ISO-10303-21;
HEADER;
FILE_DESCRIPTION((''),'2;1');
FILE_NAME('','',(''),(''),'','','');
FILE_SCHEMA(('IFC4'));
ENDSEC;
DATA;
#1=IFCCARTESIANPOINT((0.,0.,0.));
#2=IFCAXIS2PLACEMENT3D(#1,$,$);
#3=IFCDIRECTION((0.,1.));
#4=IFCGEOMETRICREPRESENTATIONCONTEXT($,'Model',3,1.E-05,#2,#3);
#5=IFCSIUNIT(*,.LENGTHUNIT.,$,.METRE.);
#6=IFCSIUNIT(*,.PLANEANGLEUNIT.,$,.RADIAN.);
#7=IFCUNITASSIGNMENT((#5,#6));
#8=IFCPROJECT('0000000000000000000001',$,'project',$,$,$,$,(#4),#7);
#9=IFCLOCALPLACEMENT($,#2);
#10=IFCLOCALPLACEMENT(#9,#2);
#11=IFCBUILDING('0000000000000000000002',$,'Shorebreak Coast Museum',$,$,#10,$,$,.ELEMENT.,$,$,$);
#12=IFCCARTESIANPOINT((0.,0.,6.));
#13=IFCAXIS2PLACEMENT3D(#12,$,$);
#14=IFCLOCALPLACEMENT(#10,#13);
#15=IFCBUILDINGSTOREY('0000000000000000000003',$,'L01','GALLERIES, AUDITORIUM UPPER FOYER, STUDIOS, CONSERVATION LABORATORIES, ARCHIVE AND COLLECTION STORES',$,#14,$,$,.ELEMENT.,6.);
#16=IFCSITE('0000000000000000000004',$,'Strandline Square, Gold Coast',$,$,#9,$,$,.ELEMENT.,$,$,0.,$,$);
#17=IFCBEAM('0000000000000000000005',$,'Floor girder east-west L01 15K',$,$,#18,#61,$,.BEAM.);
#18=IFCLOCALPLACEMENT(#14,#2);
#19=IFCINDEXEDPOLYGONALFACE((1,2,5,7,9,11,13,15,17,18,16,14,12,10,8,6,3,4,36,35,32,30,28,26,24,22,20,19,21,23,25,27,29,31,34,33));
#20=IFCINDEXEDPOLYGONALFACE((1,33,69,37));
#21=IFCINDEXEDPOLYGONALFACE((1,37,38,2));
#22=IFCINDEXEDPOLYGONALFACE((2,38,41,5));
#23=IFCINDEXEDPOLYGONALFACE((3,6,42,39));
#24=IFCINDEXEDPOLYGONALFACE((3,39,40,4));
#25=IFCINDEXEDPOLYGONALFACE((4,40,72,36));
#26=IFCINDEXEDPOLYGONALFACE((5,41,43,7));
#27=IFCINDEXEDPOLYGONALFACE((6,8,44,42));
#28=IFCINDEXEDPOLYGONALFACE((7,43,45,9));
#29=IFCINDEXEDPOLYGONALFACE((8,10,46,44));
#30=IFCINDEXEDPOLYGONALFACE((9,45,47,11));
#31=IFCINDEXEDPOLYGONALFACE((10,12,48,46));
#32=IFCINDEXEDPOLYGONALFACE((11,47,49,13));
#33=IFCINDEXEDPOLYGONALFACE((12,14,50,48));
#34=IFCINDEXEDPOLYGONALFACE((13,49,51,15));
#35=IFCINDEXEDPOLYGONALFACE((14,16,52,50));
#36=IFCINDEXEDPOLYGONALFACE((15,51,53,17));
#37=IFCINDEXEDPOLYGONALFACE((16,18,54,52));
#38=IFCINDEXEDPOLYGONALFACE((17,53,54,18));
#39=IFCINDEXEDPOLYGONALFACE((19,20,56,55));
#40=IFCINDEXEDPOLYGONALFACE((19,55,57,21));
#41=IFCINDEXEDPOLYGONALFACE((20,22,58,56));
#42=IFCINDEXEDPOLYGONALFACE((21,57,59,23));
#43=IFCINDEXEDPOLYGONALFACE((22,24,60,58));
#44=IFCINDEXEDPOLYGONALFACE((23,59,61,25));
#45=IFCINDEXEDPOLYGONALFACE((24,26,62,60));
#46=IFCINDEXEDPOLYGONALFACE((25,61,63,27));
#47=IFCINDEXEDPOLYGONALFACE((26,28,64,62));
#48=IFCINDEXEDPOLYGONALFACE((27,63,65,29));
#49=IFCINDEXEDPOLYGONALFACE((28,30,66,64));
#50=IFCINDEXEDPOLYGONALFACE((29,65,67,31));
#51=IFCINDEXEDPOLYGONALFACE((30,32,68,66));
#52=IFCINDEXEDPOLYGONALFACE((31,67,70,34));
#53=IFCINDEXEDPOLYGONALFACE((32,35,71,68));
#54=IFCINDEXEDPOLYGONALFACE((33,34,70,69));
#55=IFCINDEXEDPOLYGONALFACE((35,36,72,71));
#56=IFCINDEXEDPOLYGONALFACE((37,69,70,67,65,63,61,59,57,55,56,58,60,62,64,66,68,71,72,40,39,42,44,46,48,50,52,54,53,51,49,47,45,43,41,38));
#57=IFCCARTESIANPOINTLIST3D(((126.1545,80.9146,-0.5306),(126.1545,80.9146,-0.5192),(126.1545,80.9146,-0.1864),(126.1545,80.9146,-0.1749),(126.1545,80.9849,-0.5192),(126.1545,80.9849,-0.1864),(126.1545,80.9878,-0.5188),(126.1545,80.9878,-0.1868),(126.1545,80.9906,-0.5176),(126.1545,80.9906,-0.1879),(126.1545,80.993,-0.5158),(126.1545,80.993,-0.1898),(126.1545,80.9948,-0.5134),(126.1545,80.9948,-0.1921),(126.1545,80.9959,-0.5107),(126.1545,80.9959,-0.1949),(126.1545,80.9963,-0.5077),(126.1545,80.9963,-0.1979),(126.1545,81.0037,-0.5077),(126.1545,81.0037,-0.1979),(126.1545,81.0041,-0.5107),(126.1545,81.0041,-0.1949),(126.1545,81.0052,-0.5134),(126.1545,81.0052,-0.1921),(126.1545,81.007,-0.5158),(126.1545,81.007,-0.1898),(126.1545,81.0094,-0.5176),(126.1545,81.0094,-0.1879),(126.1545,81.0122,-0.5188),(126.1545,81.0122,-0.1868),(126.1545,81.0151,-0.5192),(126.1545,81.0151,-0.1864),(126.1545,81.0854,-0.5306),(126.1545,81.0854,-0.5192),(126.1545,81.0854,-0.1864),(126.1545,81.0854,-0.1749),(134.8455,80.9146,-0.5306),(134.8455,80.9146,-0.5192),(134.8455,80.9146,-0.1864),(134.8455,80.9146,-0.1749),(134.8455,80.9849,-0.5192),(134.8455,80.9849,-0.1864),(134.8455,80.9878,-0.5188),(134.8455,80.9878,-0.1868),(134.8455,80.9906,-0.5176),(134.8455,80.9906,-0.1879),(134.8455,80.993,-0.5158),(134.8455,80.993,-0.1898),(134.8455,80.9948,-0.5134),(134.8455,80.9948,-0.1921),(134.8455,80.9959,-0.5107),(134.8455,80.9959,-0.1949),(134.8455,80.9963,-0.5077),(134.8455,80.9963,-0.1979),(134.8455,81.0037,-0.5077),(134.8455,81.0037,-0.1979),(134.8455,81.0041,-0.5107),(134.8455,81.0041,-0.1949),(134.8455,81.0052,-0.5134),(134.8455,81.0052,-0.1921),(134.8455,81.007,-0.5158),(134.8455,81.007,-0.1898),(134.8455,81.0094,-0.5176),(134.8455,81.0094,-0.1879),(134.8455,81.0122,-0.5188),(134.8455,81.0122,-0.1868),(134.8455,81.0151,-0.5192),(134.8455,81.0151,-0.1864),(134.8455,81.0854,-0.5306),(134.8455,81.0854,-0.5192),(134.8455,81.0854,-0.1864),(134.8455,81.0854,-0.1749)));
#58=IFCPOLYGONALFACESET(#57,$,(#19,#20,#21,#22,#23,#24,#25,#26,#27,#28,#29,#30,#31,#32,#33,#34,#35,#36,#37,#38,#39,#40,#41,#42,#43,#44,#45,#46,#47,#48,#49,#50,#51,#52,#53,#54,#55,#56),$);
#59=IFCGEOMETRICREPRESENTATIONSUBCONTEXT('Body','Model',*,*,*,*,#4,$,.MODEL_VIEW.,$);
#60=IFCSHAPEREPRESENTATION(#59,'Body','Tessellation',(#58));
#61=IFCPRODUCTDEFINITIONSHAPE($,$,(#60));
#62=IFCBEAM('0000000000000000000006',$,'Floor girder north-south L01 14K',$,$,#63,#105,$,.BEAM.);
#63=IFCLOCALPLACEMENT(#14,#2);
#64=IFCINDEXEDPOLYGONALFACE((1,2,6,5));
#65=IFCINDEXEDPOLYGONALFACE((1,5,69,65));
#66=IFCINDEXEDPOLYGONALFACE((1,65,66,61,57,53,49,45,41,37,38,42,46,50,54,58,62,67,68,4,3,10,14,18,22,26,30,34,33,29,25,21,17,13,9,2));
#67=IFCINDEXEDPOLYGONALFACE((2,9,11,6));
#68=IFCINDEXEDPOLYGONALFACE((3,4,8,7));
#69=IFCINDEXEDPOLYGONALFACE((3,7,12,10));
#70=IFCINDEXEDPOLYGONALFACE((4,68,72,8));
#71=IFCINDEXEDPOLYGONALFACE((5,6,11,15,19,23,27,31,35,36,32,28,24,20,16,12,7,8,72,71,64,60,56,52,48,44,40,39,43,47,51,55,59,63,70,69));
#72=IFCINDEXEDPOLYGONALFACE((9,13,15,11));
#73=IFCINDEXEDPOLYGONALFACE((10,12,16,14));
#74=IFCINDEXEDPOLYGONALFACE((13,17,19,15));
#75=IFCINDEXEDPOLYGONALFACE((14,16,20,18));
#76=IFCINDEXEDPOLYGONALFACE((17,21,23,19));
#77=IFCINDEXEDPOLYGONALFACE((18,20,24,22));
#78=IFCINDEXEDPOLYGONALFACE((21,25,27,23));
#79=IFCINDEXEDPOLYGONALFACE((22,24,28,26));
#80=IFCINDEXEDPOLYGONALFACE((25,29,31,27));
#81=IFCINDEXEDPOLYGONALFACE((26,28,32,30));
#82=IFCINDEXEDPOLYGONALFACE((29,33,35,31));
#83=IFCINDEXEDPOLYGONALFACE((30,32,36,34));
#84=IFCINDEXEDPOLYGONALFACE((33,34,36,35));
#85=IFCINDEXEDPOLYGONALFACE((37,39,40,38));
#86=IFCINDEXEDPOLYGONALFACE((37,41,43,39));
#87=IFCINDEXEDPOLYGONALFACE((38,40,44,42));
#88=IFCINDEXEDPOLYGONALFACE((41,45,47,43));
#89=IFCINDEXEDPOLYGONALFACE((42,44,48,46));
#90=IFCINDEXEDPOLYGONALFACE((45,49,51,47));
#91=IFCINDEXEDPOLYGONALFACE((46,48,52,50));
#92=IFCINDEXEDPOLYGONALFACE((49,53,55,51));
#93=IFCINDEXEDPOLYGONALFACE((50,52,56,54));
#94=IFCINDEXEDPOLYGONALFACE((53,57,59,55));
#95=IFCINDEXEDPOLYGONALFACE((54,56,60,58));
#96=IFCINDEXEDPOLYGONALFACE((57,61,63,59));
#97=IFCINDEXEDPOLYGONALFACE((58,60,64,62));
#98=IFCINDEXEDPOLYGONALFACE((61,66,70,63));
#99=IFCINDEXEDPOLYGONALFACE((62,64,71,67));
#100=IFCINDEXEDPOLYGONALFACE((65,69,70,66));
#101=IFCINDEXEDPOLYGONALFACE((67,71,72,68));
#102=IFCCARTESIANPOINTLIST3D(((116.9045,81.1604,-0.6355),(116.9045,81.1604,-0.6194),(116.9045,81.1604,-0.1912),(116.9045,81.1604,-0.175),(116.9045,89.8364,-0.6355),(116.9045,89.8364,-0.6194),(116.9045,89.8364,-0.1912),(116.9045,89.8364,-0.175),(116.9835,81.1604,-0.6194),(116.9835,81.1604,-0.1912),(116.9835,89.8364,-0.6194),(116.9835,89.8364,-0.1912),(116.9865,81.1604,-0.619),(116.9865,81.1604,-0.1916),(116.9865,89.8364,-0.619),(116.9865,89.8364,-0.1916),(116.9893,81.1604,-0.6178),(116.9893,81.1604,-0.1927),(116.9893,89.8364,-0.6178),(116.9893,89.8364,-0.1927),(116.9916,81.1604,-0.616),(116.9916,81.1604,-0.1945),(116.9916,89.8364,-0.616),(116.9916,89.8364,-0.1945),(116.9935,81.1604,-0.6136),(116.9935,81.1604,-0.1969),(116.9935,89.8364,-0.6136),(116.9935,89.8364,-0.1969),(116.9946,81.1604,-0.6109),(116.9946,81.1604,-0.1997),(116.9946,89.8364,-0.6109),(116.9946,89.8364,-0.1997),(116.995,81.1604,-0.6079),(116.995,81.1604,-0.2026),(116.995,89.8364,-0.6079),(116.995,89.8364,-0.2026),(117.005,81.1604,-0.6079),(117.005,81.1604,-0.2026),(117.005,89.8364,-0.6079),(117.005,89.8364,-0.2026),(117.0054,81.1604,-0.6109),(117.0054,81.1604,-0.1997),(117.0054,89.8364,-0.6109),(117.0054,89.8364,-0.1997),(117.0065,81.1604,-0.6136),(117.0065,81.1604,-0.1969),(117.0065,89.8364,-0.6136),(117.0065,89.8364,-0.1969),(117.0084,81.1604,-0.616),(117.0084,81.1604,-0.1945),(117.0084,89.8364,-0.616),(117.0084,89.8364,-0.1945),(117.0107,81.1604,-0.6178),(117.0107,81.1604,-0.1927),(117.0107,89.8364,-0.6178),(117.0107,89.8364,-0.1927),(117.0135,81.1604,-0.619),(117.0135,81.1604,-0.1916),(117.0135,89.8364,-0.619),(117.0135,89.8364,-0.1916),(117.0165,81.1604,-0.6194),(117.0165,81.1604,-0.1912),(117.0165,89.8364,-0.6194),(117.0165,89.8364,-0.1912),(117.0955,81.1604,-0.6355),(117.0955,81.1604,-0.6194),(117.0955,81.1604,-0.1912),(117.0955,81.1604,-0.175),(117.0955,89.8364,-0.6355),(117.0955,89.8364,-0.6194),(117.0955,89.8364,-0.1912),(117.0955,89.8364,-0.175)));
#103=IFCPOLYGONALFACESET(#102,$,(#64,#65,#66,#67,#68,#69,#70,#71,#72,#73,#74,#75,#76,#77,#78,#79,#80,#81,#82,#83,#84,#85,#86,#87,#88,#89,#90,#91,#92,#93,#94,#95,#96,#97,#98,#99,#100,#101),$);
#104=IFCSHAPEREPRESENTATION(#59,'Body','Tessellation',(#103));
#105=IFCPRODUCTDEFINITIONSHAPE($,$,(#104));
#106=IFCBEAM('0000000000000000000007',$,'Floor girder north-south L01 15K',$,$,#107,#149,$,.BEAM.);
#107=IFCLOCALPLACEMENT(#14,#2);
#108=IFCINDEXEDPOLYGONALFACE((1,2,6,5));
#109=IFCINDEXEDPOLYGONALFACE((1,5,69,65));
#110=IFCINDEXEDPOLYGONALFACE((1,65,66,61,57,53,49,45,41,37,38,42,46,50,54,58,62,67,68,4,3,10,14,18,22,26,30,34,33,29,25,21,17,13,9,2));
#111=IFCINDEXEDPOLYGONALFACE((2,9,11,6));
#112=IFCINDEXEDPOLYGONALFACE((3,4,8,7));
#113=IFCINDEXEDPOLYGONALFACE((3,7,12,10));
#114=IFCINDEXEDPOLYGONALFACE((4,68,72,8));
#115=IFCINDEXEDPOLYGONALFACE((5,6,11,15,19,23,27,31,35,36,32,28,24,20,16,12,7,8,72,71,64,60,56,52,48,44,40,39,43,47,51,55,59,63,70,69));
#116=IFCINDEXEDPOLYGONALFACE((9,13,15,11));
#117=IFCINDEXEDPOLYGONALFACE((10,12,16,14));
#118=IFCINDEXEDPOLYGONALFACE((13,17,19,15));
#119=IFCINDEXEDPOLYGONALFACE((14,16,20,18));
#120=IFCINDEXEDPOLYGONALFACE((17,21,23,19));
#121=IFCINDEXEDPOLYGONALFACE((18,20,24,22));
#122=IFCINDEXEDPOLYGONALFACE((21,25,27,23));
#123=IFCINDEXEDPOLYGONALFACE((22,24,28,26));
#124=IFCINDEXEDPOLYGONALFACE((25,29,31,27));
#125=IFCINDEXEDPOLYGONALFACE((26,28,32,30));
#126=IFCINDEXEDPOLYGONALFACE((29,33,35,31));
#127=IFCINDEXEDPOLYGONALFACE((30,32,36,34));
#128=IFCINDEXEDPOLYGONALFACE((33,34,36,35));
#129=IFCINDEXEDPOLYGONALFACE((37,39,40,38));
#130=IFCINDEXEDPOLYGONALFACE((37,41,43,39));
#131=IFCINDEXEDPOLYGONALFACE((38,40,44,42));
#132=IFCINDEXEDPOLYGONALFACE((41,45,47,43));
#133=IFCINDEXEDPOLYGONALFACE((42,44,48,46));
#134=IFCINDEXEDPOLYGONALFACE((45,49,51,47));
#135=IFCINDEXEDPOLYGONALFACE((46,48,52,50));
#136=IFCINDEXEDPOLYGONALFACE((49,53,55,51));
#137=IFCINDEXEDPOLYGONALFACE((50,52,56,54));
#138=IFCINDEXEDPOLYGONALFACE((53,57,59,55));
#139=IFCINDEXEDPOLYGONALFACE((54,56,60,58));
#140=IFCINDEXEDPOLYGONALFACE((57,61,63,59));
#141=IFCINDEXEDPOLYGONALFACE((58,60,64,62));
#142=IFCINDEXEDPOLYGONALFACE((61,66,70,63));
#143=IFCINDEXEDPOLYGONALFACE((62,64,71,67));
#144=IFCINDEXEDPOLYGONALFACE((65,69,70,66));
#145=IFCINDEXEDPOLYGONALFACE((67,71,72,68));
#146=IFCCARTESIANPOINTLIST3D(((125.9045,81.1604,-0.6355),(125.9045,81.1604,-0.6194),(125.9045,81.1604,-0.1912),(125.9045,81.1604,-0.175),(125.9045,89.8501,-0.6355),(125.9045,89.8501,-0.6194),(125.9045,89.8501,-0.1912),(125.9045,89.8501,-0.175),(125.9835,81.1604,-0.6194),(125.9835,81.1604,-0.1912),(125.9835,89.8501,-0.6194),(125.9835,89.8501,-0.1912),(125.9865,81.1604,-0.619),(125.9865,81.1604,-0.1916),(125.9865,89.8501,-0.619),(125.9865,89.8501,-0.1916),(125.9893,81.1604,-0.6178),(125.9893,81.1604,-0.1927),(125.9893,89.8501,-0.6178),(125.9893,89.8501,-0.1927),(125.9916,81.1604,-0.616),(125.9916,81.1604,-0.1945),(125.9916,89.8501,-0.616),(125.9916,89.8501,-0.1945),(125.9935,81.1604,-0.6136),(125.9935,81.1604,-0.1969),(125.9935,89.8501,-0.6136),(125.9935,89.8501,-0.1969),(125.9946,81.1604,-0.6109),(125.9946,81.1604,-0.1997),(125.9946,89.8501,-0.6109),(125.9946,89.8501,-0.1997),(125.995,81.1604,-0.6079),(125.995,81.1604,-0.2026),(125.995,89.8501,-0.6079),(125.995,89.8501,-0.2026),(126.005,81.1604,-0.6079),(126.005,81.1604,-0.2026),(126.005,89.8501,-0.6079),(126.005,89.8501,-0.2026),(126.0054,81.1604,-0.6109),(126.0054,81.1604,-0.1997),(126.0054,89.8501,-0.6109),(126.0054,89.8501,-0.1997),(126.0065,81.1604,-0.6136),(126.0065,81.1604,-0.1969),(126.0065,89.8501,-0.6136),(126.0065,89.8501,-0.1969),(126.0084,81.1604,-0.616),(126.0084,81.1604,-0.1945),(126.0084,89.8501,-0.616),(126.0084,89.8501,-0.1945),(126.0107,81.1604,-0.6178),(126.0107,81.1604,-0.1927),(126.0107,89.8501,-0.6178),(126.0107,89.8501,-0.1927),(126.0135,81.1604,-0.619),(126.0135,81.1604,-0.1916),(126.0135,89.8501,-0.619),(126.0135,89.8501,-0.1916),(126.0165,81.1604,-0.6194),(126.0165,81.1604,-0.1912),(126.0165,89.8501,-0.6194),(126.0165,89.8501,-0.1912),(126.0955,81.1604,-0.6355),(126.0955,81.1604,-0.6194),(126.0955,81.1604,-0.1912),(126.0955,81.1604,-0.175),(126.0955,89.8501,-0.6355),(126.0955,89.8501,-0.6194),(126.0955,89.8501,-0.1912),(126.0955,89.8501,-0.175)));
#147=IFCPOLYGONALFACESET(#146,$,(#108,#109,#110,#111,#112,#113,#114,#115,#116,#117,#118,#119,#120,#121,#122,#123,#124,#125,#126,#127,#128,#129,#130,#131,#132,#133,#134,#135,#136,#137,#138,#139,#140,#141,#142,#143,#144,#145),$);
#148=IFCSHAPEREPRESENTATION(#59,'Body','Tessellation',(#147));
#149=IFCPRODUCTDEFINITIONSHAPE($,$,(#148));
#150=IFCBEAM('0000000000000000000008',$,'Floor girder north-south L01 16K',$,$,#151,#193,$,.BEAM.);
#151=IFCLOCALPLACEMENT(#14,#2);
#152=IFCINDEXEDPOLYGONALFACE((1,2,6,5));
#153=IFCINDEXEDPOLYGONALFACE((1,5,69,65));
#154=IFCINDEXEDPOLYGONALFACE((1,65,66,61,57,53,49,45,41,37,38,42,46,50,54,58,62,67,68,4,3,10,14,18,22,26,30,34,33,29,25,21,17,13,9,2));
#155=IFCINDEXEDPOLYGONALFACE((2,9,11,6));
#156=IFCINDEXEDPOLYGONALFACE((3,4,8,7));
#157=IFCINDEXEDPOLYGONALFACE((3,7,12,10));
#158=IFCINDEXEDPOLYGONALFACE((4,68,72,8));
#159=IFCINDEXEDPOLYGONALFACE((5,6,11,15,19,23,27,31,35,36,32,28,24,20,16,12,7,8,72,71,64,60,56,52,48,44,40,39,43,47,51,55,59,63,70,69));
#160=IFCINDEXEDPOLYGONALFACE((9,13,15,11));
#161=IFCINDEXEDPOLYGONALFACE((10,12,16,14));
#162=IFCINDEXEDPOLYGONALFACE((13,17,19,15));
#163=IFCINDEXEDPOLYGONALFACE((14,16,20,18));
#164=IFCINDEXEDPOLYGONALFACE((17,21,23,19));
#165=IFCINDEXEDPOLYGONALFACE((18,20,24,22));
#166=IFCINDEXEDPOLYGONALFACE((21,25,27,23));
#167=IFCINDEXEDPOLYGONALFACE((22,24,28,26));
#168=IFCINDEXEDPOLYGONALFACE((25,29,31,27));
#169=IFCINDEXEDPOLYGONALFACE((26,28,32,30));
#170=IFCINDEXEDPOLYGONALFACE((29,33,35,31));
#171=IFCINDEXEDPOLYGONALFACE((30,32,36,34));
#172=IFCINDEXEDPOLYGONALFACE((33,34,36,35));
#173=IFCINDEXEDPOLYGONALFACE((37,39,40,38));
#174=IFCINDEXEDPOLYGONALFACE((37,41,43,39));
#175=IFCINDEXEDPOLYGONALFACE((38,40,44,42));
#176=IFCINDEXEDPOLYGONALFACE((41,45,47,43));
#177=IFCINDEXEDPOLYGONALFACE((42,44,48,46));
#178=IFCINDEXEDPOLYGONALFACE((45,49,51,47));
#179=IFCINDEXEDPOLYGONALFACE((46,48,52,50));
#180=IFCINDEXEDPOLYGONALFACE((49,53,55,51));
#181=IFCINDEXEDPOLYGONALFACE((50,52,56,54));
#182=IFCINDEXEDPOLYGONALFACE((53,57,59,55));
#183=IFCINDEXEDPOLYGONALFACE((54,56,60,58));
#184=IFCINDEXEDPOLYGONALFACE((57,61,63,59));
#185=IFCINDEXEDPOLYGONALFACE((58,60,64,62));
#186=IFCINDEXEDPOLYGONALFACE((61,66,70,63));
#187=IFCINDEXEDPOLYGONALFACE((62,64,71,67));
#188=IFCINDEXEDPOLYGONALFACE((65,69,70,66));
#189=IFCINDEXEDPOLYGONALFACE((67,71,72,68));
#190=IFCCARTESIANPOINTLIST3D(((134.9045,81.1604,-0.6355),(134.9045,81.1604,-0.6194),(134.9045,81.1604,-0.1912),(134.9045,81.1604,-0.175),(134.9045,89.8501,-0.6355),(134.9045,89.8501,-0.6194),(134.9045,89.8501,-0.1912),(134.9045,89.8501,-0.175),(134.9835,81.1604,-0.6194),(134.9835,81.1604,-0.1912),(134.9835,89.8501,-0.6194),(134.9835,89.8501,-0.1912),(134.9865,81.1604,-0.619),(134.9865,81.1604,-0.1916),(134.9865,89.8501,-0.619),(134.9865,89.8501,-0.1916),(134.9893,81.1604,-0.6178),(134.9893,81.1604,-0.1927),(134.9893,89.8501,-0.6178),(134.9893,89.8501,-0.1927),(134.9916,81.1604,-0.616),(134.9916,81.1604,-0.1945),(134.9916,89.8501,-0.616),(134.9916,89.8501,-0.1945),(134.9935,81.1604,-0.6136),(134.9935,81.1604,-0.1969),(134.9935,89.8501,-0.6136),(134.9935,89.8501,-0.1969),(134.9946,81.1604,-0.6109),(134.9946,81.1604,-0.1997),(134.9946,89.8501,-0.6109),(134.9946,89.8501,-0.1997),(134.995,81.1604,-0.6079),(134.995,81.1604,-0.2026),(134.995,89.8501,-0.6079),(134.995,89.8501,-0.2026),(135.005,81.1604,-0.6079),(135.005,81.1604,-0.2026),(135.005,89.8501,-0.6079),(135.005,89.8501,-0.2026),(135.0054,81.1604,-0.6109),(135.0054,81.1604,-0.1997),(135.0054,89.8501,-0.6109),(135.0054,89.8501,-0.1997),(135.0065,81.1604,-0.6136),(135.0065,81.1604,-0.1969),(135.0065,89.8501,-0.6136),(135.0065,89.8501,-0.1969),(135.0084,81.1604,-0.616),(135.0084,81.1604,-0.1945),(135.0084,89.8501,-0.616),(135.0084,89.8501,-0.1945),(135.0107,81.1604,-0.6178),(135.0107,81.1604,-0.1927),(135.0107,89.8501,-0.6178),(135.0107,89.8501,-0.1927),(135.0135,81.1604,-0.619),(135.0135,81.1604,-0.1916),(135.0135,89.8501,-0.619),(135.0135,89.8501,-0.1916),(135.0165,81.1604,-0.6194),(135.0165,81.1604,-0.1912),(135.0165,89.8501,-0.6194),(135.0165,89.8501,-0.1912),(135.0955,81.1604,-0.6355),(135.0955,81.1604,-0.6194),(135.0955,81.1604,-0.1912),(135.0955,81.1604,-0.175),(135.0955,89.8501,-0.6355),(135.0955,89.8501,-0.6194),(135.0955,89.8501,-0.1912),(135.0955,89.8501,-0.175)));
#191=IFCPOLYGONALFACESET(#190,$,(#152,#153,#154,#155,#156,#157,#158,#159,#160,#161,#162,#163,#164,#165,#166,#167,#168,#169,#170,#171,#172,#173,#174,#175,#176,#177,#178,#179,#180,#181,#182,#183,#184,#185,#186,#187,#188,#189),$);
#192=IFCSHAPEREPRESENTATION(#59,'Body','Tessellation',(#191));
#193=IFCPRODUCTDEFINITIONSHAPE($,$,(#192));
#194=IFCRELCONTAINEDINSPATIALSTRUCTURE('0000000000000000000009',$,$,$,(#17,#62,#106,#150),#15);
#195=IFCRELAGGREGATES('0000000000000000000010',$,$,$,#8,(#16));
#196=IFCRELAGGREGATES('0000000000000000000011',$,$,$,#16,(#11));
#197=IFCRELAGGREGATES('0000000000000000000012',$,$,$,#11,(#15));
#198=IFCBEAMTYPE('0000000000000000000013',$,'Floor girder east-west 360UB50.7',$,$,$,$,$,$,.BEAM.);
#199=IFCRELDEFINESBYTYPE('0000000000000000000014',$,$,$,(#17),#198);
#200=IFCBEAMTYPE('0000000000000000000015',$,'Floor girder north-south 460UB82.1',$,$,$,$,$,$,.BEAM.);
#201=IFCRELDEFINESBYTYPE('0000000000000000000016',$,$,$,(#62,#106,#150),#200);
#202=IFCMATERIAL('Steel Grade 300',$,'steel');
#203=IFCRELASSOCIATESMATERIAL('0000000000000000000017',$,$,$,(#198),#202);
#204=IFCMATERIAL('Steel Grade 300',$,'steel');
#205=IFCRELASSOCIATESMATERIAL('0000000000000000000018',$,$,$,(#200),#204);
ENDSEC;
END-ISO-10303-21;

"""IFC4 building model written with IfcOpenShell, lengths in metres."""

from ifc_helpers import new_model, si_unit, direction, frame, origin, origin_2d, place, context, subcontext, project, spatial, i_section, extrude, material, material_profile, profile_set, type_object, element, save


model = new_model("IFC4")

# Units and contexts
model_context = context("Model", 3, precision=1e-05, world=origin(), true_north=direction((0.0, 1.0)))
body_context = subcontext(model_context, "Body", "Model", "MODEL_VIEW")
ifc_project = project(units=[si_unit("LENGTHUNIT", "METRE"), si_unit("PLANEANGLEUNIT", "RADIAN")], contexts=[model_context])

# Site, building, storey
site_placement = place(None, origin())
site = spatial("IfcSite", under=ifc_project, at=site_placement, Name="Strandline Square, Gold Coast", CompositionType="ELEMENT", RefElevation=0.0)
building_placement = place(site_placement, origin())
building = spatial("IfcBuilding", under=site, at=building_placement, Name="Shorebreak Coast Museum", CompositionType="ELEMENT")
storey_placement = place(building_placement, frame((0.0, 0.0, 6.0)))
storey = spatial("IfcBuildingStorey", under=building, at=storey_placement, Name="L01", Description="GALLERIES, AUDITORIUM UPPER FOYER, STUDIOS, CONSERVATION LABORATORIES, ARCHIVE AND COLLECTION STORES", CompositionType="ELEMENT", Elevation=6.0)

# Beams
ifc_material_1 = material(Name="Steel Grade 300", Category="steel")
ifc_material_profile_1 = material_profile(ifc_material_1, i_section(OverallWidth=0.1709, OverallDepth=0.3557, WebThickness=0.0073, FlangeThickness=0.0115, FilletRadius=0.0115, at=origin_2d()), Name="360UB50.7")
ifc_profile_set_1 = profile_set([ifc_material_profile_1], Name="Steel Grade 300")
beam_type_1 = type_object("IfcBeamType", Name="Floor girder east-west 360UB50.7", PredefinedType="BEAM", material=ifc_profile_set_1)
for number, where, z_axis, x_axis, name in (
    (1, (126.1545, 81.0, -0.3528), (1.0, 0.0, 0.0), (0.0, 1.0, 0.0), "Floor girder east-west L01 15K"),
):
    element("IfcBeam", number, at=place(storey_placement, frame(where, z_axis=z_axis, x_axis=x_axis)), inside=storey, type_object=beam_type_1, Name=name, PredefinedType="BEAM", context=body_context, shape_type="SweptSolid", body=[
        extrude(i_section(OverallWidth=0.1709, OverallDepth=0.3557, WebThickness=0.0073, FlangeThickness=0.0115, FilletRadius=0.0115, at=origin_2d()), origin(), (0.0, 0.0, 1.0), 8.6909),
    ])
ifc_material_2 = material(Name="Steel Grade 300", Category="steel")
ifc_material_profile_2 = material_profile(ifc_material_2, i_section(OverallWidth=0.1909, OverallDepth=0.4604, WebThickness=0.01, FlangeThickness=0.0161, FilletRadius=0.0115, at=origin_2d()), Name="460UB82.1")
ifc_profile_set_2 = profile_set([ifc_material_profile_2], Name="Steel Grade 300")
beam_type_2 = type_object("IfcBeamType", Name="Floor girder north-south 460UB82.1", PredefinedType="BEAM", material=ifc_profile_set_2)
beam_placement = place(storey_placement, frame((117.0, 81.1604, -0.4053), z_axis=(0.0, 1.0, 0.0), x_axis=(-1.0, 0.0, 0.0)))
element("IfcBeam", 2, at=beam_placement, inside=storey, type_object=beam_type_2, Name="Floor girder north-south L01 14K", PredefinedType="BEAM", context=body_context, shape_type="SweptSolid", body=[
    extrude(i_section(OverallWidth=0.1909, OverallDepth=0.4604, WebThickness=0.01, FlangeThickness=0.0161, FilletRadius=0.0115, at=origin_2d()), origin(), (0.0, 0.0, 1.0), 8.676),
])
for number, where, z_axis, x_axis, name in (
    (3, (126.0, 81.1604, -0.4053), (0.0, 1.0, 0.0), (-1.0, 0.0, 0.0), "Floor girder north-south L01 15K"),
    (4, (135.0, 81.1604, -0.4053), (0.0, 1.0, 0.0), (-1.0, 0.0, 0.0), "Floor girder north-south L01 16K"),
):
    element("IfcBeam", number, at=place(storey_placement, frame(where, z_axis=z_axis, x_axis=x_axis)), inside=storey, type_object=beam_type_2, Name=name, PredefinedType="BEAM", context=body_context, shape_type="SweptSolid", body=[
        extrude(i_section(OverallWidth=0.1909, OverallDepth=0.4604, WebThickness=0.01, FlangeThickness=0.0161, FilletRadius=0.0115, at=origin_2d()), origin(), (0.0, 0.0, 1.0), 8.6897),
    ])

save(model, "model.ifc")
